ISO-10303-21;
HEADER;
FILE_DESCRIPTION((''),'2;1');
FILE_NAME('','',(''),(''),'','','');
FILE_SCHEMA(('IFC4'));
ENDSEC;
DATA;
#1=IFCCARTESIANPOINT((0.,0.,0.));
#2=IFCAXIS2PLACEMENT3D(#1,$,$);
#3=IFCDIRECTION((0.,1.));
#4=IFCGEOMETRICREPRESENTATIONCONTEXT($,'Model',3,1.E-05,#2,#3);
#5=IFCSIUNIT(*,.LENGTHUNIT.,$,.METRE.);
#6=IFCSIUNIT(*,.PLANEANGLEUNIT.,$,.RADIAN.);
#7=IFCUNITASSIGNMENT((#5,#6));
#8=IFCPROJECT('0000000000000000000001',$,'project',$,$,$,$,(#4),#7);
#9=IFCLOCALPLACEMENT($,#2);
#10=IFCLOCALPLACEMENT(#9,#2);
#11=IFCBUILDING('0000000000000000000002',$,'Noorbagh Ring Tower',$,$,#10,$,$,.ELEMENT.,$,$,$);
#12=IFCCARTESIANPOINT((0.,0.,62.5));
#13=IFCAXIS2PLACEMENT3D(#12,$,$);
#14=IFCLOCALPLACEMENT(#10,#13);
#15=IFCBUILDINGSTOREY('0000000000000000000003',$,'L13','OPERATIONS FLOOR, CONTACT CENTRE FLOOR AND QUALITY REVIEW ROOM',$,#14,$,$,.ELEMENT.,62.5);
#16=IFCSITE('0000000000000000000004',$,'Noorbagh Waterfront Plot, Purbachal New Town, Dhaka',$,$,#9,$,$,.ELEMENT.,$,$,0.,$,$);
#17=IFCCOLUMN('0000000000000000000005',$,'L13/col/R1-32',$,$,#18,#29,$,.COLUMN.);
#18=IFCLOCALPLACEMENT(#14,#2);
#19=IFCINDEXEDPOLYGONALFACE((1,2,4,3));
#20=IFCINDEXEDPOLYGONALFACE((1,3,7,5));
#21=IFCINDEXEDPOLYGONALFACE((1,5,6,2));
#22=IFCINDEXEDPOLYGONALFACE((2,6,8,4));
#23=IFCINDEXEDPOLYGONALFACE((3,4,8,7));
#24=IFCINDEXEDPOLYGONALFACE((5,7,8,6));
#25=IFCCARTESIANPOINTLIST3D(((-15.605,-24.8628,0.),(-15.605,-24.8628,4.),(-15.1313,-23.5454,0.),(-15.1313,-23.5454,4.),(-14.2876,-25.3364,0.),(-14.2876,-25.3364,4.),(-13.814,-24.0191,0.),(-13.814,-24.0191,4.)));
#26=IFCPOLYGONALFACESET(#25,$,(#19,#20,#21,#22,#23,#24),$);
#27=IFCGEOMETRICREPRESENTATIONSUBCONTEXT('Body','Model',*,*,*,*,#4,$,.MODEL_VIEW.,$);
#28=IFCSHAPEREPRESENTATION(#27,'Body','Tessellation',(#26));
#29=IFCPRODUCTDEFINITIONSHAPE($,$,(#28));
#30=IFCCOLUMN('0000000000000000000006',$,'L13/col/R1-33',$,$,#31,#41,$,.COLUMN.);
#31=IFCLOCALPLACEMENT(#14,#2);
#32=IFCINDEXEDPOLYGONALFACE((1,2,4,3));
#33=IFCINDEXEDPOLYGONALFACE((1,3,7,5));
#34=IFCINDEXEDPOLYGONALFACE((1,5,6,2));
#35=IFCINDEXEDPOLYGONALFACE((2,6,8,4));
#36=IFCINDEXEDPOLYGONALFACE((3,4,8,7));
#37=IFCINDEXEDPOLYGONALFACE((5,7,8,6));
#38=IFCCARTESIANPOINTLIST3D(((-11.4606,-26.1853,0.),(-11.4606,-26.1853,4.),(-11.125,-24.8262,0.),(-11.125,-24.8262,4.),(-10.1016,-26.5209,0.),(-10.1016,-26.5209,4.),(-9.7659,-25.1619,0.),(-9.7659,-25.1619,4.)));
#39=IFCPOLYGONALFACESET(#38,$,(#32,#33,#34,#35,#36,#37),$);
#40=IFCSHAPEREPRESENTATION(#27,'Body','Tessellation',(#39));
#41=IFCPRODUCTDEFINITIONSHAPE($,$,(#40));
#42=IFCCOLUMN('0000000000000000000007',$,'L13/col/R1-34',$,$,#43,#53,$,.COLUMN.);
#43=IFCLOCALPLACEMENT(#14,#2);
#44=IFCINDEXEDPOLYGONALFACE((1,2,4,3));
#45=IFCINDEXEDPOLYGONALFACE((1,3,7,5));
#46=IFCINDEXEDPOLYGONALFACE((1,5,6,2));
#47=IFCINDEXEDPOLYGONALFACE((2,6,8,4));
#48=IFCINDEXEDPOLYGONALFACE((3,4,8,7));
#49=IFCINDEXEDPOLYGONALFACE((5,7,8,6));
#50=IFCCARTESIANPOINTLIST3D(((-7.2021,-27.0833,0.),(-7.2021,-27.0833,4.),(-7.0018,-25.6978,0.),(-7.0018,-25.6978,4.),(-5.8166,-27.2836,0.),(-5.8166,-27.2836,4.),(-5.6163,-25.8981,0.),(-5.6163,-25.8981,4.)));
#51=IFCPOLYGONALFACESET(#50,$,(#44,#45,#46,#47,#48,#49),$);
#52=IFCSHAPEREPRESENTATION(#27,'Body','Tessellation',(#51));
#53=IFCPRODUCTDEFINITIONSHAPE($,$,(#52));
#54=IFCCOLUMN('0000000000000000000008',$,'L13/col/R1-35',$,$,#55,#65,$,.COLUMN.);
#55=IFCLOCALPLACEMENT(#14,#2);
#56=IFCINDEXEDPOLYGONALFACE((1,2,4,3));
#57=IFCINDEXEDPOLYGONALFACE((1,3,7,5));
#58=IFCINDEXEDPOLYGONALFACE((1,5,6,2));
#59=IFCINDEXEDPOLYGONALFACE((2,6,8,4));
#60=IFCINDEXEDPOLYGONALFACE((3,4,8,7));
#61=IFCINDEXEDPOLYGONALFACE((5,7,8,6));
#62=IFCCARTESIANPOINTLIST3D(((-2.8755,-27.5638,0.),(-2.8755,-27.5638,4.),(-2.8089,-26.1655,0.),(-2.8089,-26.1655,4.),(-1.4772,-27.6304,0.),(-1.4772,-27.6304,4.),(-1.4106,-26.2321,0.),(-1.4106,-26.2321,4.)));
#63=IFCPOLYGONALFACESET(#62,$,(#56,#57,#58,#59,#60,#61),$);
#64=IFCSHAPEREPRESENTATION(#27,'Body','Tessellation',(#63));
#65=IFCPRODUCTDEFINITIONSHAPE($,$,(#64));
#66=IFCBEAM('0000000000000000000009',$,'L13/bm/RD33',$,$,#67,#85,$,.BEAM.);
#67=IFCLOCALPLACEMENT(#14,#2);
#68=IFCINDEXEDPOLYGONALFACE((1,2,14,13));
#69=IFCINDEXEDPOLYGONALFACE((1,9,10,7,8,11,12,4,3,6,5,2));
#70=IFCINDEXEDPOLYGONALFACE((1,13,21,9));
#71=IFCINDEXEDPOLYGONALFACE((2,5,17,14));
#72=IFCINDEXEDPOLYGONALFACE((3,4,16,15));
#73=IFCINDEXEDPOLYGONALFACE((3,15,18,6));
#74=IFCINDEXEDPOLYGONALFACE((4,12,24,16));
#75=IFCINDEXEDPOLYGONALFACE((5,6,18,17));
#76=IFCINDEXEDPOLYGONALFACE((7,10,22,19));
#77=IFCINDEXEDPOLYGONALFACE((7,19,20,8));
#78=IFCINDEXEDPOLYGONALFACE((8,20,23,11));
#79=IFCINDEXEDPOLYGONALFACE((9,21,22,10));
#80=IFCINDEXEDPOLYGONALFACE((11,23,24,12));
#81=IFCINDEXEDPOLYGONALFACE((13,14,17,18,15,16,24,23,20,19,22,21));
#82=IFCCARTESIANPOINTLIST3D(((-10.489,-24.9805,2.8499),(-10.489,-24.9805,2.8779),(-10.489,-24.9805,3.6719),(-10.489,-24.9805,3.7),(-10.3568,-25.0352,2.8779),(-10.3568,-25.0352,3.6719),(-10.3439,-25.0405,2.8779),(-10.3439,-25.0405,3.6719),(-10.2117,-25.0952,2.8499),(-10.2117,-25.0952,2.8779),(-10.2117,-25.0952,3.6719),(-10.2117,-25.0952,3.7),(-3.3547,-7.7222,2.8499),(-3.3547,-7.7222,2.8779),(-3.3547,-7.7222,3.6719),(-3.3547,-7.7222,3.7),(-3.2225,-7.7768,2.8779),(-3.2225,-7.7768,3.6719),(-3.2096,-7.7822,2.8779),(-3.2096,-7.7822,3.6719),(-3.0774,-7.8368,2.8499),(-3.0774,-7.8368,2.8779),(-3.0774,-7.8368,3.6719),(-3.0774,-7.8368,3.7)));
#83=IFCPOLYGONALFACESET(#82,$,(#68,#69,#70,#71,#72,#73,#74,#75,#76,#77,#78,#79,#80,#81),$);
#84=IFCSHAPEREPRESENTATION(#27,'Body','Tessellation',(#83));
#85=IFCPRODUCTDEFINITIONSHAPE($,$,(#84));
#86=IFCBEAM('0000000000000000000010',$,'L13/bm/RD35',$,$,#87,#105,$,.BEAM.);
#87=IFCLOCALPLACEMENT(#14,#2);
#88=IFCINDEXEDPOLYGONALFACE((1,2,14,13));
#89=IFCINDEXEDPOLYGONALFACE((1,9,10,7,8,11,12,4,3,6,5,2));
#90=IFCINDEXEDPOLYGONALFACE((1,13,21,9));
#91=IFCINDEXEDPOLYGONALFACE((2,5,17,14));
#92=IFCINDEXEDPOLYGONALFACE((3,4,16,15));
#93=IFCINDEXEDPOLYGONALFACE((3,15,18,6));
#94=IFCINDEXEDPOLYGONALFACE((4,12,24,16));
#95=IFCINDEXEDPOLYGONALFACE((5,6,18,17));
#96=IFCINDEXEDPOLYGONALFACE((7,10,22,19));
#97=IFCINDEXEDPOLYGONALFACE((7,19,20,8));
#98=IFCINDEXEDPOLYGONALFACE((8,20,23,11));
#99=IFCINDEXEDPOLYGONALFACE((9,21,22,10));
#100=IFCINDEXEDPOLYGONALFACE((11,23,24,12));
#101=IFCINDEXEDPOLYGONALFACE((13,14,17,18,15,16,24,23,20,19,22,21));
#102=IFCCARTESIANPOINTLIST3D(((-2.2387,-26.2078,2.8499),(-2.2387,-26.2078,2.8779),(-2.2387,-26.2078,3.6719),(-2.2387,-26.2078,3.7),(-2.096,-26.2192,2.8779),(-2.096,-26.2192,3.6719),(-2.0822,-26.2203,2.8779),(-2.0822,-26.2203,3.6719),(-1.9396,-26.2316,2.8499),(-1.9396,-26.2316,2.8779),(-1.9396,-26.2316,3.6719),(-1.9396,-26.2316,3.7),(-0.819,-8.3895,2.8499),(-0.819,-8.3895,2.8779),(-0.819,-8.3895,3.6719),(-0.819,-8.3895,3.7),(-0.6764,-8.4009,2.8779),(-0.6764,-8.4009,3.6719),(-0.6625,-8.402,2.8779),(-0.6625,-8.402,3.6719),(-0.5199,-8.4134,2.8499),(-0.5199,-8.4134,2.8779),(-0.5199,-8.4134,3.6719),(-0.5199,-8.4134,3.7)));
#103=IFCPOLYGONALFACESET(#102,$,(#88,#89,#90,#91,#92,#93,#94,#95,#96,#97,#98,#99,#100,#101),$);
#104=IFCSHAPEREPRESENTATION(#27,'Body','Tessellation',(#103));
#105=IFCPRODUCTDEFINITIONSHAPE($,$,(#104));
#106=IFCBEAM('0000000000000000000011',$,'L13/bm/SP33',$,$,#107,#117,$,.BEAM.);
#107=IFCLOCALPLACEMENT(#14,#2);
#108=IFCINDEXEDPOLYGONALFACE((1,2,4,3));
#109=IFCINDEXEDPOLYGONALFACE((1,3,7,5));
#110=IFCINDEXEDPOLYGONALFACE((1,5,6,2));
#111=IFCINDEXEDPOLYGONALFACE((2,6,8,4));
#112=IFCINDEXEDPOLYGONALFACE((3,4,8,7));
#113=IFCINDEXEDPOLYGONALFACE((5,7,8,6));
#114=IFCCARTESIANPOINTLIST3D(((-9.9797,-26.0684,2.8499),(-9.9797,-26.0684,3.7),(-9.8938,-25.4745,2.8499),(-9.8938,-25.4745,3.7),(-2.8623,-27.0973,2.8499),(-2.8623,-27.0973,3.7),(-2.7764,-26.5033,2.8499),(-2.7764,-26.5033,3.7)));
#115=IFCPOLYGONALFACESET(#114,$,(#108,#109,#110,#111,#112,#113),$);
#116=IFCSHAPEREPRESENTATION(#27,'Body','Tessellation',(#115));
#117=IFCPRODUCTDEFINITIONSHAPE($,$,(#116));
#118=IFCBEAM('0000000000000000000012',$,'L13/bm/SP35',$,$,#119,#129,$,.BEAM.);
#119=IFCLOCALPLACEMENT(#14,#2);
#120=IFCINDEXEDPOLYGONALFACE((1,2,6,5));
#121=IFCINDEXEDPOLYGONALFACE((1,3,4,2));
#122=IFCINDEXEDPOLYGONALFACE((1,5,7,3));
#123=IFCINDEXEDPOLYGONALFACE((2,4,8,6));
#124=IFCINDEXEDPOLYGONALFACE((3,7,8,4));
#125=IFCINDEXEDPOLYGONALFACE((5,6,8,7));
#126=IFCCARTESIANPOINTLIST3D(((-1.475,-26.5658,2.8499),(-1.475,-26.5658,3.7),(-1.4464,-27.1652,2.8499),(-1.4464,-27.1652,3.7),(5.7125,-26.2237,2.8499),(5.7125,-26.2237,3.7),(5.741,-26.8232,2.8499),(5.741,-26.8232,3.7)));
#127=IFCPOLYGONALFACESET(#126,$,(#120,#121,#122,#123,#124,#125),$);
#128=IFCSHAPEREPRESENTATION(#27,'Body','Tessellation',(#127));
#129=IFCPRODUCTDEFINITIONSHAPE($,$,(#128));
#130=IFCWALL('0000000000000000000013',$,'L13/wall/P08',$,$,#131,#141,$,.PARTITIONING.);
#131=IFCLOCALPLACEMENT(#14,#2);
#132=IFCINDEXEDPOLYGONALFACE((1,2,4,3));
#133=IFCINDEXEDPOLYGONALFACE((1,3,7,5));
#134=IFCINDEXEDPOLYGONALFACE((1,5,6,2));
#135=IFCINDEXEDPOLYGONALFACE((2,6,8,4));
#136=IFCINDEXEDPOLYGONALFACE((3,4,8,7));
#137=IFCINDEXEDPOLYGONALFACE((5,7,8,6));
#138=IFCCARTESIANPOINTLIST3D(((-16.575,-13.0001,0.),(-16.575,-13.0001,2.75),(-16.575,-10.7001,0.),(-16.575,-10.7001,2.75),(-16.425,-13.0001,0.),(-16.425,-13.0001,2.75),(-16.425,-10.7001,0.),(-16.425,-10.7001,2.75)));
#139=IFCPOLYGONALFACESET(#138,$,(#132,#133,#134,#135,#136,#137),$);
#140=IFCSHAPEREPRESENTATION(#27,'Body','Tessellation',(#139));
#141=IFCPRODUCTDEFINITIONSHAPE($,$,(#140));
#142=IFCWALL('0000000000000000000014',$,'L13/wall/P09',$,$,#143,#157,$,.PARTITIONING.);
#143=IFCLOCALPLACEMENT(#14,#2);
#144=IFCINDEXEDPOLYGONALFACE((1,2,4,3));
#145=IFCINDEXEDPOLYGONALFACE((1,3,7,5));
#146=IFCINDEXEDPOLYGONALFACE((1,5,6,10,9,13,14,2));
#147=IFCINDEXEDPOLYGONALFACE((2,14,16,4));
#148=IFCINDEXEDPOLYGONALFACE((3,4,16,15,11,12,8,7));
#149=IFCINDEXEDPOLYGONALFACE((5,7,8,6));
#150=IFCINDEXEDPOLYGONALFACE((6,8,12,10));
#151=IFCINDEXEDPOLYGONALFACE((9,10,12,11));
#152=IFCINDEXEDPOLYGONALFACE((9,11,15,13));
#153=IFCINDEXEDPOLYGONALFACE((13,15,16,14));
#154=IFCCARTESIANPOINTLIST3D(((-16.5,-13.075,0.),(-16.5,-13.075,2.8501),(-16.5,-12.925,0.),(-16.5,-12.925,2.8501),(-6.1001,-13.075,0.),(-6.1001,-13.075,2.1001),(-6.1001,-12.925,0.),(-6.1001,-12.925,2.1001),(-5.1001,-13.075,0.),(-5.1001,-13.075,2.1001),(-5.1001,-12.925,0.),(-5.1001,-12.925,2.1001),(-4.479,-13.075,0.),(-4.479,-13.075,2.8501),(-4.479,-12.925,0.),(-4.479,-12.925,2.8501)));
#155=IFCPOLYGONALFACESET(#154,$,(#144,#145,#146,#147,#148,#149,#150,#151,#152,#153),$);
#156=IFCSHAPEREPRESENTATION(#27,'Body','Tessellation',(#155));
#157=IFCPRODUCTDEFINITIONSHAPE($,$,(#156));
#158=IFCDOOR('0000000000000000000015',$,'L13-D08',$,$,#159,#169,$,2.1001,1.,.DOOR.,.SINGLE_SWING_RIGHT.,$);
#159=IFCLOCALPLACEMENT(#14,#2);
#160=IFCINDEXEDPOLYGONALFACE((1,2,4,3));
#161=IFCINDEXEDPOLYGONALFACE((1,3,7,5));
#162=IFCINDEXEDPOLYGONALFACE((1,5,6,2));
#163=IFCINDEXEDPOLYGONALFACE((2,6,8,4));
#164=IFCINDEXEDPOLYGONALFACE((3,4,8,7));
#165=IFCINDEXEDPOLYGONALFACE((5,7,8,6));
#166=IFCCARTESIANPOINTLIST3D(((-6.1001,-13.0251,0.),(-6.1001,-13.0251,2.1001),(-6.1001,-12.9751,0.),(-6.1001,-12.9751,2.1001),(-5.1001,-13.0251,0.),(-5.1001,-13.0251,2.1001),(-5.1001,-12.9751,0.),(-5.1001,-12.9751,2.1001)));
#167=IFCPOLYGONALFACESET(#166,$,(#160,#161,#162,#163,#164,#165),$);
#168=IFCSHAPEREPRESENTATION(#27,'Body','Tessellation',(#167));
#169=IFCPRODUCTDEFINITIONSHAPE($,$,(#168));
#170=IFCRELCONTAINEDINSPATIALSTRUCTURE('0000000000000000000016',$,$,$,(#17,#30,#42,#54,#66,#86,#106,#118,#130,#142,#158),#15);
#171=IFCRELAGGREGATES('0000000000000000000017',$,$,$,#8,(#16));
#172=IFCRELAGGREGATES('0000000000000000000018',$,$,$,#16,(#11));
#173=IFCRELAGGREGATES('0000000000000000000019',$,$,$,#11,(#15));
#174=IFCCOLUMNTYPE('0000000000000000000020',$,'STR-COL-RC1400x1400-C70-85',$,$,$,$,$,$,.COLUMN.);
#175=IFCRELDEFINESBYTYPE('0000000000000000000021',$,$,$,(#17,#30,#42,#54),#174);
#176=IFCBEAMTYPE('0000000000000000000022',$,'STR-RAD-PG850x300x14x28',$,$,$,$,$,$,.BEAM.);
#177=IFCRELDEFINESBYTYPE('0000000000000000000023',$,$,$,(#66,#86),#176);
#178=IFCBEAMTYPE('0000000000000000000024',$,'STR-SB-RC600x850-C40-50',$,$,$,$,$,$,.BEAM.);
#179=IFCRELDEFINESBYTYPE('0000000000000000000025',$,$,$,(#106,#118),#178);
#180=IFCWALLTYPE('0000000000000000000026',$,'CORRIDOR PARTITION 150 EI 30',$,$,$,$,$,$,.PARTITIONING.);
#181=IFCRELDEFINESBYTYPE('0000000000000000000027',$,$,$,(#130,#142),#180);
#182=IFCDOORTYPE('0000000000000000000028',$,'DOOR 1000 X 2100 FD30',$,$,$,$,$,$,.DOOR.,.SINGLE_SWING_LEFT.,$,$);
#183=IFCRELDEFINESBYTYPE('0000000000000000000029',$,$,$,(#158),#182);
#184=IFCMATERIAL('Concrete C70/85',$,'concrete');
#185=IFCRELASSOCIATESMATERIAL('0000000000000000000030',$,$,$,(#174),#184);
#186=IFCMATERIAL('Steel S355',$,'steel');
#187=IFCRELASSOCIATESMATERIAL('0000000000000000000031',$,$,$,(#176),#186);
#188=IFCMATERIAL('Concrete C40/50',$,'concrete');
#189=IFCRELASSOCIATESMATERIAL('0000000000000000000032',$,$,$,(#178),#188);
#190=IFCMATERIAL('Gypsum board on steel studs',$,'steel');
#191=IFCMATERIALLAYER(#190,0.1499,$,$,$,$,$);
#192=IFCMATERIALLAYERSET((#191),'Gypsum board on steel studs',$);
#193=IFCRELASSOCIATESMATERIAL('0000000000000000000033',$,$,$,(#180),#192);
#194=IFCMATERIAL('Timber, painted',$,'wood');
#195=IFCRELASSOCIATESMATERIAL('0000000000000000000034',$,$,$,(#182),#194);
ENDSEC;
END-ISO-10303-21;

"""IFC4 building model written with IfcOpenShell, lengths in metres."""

from ifc_helpers import new_model, si_unit, direction, frame, frame_2d, origin, origin_2d, place, context, subcontext, project, spatial, rectangle, i_section, extrude, material, layer, layer_set, material_profile, profile_set, type_object, element, fill, save


model = new_model("IFC4")

# Units and contexts
model_context = context("Model", 3, precision=1e-05, world=origin(), true_north=direction((0.0, 1.0)))
body_context = subcontext(model_context, "Body", "Model", "MODEL_VIEW")
ifc_project = project(units=[si_unit("LENGTHUNIT", "METRE"), si_unit("PLANEANGLEUNIT", "RADIAN")], contexts=[model_context])

# Site, building, storey
site_placement = place(None, origin())
site = spatial("IfcSite", under=ifc_project, at=site_placement, Name="Noorbagh Waterfront Plot, Purbachal New Town, Dhaka", CompositionType="ELEMENT", RefElevation=0.0)
building_placement = place(site_placement, origin())
building = spatial("IfcBuilding", under=site, at=building_placement, Name="Noorbagh Ring Tower", CompositionType="ELEMENT")
storey_placement = place(building_placement, frame((0.0, 0.0, 62.5)))
storey = spatial("IfcBuildingStorey", under=building, at=storey_placement, Name="L13", Description="OPERATIONS FLOOR, CONTACT CENTRE FLOOR AND QUALITY REVIEW ROOM", CompositionType="ELEMENT", Elevation=62.5)

# Columns
ifc_material_1 = material(Name="Concrete C70/85", Category="concrete")
ifc_material_profile_1 = material_profile(ifc_material_1, rectangle(XDim=1.3999, YDim=1.3999, at=origin_2d()), Name="RC1400x1400")
ifc_profile_set_1 = profile_set([ifc_material_profile_1], Name="Concrete C70/85")
column_type = type_object("IfcColumnType", Name="STR-COL-RC1400x1400-C70-85", PredefinedType="COLUMN", material=ifc_profile_set_1)
for number, where, z_axis, x_axis, name in (
    (1, (-14.7095, -24.4409, 0.0), (0.0, 0.0, 1.0), (0.941025, -0.338338, 0.0), "L13/col/R1-32"),
    (2, (-10.6133, -25.6736, 0.0), (0.0, 0.0, 1.0), (0.970829, -0.239771, 0.0), "L13/col/R1-33"),
    (3, (-6.4092, -26.4907, 0.0), (0.0, 0.0, 1.0), (0.989713, -0.143066, 0.0), "L13/col/R1-34"),
    (4, (-2.1431, -26.8979, 0.0), (0.0, 0.0, 1.0), (0.998869, -0.047553, 0.0), "L13/col/R1-35"),
):
    element("IfcColumn", number, at=place(storey_placement, frame(where, z_axis=z_axis, x_axis=x_axis)), inside=storey, type_object=column_type, Name=name, PredefinedType="COLUMN", context=body_context, shape_type="SweptSolid", body=[
        extrude(rectangle(XDim=1.3999, YDim=1.3999, at=origin_2d()), origin(), (0.0, 0.0, 1.0), 4.0),
    ])

# Beams
ifc_material_2 = material(Name="Steel S355", Category="steel")
ifc_material_profile_2 = material_profile(ifc_material_2, i_section(OverallWidth=0.3, OverallDepth=0.8501, WebThickness=0.0139, FlangeThickness=0.0281, at=origin_2d()), Name="PG850x300x14x28")
ifc_profile_set_2 = profile_set([ifc_material_profile_2], Name="Steel S355")
beam_type_1 = type_object("IfcBeamType", Name="STR-RAD-PG850x300x14x28", PredefinedType="BEAM", material=ifc_profile_set_2)
beam_1_placement = place(storey_placement, frame((-10.3503, -25.0378, 3.2749), z_axis=(0.382028, 0.924151, 0.0), x_axis=(-0.924151, 0.382028, 0.0)))
element("IfcBeam", 5, at=beam_1_placement, inside=storey, type_object=beam_type_1, Name="L13/bm/RD33", PredefinedType="BEAM", context=body_context, shape_type="SweptSolid", body=[
    extrude(i_section(OverallWidth=0.3, OverallDepth=0.8501, WebThickness=0.0139, FlangeThickness=0.0281, at=origin_2d()), origin(), (0.0, 0.0, 1.0), 18.6748),
])
beam_2_placement = place(storey_placement, frame((-2.0891, -26.2197, 3.2749), z_axis=(0.079423, 0.996841, 0.0), x_axis=(-0.996841, 0.079423, 0.0)))
element("IfcBeam", 6, at=beam_2_placement, inside=storey, type_object=beam_type_1, Name="L13/bm/RD35", PredefinedType="BEAM", context=body_context, shape_type="SweptSolid", body=[
    extrude(i_section(OverallWidth=0.3, OverallDepth=0.8501, WebThickness=0.0139, FlangeThickness=0.0281, at=origin_2d()), origin(), (0.0, 0.0, 1.0), 17.8748),
])
ifc_material_3 = material(Name="Concrete C40/50", Category="concrete")
ifc_material_profile_3 = material_profile(ifc_material_3, rectangle(XDim=0.6001, YDim=0.8501, at=origin_2d()), Name="RC600x850")
ifc_profile_set_3 = profile_set([ifc_material_profile_3], Name="Concrete C40/50")
beam_type_2 = type_object("IfcBeamType", Name="STR-SB-RC600x850-C40-50", PredefinedType="BEAM", material=ifc_profile_set_3)
beam_3_placement = place(storey_placement, frame((-9.9368, -25.7715, 3.2749), z_axis=(0.989714, -0.143061, 0.0), x_axis=(0.143061, 0.989714, 0.0)))
element("IfcBeam", 7, at=beam_3_placement, inside=storey, type_object=beam_type_2, Name="L13/bm/SP33", PredefinedType="BEAM", context=body_context, shape_type="SweptSolid", body=[
    extrude(rectangle(XDim=0.6001, YDim=0.8501, at=origin_2d()), origin(), (0.0, 0.0, 1.0), 7.1914),
])
beam_4_placement = place(storey_placement, frame((-1.4607, -26.8655, 3.2749), z_axis=(0.99887, 0.047535, 0.0), x_axis=(-0.047535, 0.99887, 0.0)))
element("IfcBeam", 8, at=beam_4_placement, inside=storey, type_object=beam_type_2, Name="L13/bm/SP35", PredefinedType="BEAM", context=body_context, shape_type="SweptSolid", body=[
    extrude(rectangle(XDim=0.6001, YDim=0.8501, at=origin_2d()), origin(), (0.0, 0.0, 1.0), 7.1956),
])

# Wall
ifc_material_4 = material(Name="Gypsum board on steel studs", Category="steel")
ifc_layer_1 = layer(ifc_material_4, 0.1499)
ifc_layer_set_1 = layer_set([ifc_layer_1], Name="Gypsum board on steel studs")
wall_type_1 = type_object("IfcWallType", Name="CORRIDOR PARTITION 150 EI 30", PredefinedType="PARTITIONING", material=ifc_layer_set_1)
wall_1_placement = place(storey_placement, frame((-16.5, -13.0, 0.0), z_axis=(0.0, 0.0, 1.0), x_axis=(0.0, 1.0, 0.0)))
element("IfcWall", 9, at=wall_1_placement, inside=storey, type_object=wall_type_1, Name="L13/wall/P08", PredefinedType="PARTITIONING", context=body_context, shape_type="SweptSolid", body=[
    extrude(rectangle(XDim=2.3, YDim=0.1499, at=frame_2d((1.1499, 0.0))), origin(), (0.0, 0.0, 1.0), 2.75),
])

# Wall, opening, door
wall_2_placement = place(storey_placement, frame((-16.5, -13.0, 0.0), z_axis=(0.0, 0.0, 1.0), x_axis=(1.0, 0.0, 0.0)))
wall_2 = element("IfcWall", 10, at=wall_2_placement, inside=storey, type_object=wall_type_1, Name="L13/wall/P09", PredefinedType="PARTITIONING", context=body_context, shape_type="SweptSolid", body=[
    extrude(rectangle(XDim=12.021, YDim=0.1499, at=frame_2d((6.0105, 0.0))), origin(), (0.0, 0.0, 1.0), 2.8501),
])
opening_1_placement = place(wall_2_placement, frame((10.3999, 0.0, 0.0)))
opening_1 = element("IfcOpeningElement", 11, at=opening_1_placement, cuts=wall_2, PredefinedType="OPENING", context=body_context, shape_type="SweptSolid", body=[
    extrude(rectangle(XDim=1.0, YDim=2.1001, at=frame_2d((0.5, 1.05))), frame((0.0, 0.085, 0.0), z_axis=(0.0, -1.0, 0.0), x_axis=(1.0, 0.0, 0.0)), (0.0, 0.0, 1.0), 0.1699),
])
ifc_material_5 = material(Name="Timber, painted", Category="wood")
door_type = type_object("IfcDoorType", Name="DOOR 1000 X 2100 FD30", OperationType="SINGLE_SWING_LEFT", PredefinedType="DOOR", material=ifc_material_5)
door_1_placement = place(opening_1_placement, origin())
door_1 = element("IfcDoor", 12, at=door_1_placement, inside=storey, type_object=door_type, Name="L13-D08", OperationType="SINGLE_SWING_RIGHT", OverallHeight=2.1001, OverallWidth=1.0, PredefinedType="DOOR", context=body_context, shape_type="SweptSolid", body=[
    extrude(rectangle(XDim=1.0, YDim=2.1001, at=frame_2d((0.5, 1.05))), frame((0.0, 0.0249, 0.0), z_axis=(0.0, -1.0, 0.0), x_axis=(1.0, 0.0, 0.0)), (0.0, 0.0, 1.0), 0.05),
])
fill(opening_1, door_1)

save(model, "model.ifc")
